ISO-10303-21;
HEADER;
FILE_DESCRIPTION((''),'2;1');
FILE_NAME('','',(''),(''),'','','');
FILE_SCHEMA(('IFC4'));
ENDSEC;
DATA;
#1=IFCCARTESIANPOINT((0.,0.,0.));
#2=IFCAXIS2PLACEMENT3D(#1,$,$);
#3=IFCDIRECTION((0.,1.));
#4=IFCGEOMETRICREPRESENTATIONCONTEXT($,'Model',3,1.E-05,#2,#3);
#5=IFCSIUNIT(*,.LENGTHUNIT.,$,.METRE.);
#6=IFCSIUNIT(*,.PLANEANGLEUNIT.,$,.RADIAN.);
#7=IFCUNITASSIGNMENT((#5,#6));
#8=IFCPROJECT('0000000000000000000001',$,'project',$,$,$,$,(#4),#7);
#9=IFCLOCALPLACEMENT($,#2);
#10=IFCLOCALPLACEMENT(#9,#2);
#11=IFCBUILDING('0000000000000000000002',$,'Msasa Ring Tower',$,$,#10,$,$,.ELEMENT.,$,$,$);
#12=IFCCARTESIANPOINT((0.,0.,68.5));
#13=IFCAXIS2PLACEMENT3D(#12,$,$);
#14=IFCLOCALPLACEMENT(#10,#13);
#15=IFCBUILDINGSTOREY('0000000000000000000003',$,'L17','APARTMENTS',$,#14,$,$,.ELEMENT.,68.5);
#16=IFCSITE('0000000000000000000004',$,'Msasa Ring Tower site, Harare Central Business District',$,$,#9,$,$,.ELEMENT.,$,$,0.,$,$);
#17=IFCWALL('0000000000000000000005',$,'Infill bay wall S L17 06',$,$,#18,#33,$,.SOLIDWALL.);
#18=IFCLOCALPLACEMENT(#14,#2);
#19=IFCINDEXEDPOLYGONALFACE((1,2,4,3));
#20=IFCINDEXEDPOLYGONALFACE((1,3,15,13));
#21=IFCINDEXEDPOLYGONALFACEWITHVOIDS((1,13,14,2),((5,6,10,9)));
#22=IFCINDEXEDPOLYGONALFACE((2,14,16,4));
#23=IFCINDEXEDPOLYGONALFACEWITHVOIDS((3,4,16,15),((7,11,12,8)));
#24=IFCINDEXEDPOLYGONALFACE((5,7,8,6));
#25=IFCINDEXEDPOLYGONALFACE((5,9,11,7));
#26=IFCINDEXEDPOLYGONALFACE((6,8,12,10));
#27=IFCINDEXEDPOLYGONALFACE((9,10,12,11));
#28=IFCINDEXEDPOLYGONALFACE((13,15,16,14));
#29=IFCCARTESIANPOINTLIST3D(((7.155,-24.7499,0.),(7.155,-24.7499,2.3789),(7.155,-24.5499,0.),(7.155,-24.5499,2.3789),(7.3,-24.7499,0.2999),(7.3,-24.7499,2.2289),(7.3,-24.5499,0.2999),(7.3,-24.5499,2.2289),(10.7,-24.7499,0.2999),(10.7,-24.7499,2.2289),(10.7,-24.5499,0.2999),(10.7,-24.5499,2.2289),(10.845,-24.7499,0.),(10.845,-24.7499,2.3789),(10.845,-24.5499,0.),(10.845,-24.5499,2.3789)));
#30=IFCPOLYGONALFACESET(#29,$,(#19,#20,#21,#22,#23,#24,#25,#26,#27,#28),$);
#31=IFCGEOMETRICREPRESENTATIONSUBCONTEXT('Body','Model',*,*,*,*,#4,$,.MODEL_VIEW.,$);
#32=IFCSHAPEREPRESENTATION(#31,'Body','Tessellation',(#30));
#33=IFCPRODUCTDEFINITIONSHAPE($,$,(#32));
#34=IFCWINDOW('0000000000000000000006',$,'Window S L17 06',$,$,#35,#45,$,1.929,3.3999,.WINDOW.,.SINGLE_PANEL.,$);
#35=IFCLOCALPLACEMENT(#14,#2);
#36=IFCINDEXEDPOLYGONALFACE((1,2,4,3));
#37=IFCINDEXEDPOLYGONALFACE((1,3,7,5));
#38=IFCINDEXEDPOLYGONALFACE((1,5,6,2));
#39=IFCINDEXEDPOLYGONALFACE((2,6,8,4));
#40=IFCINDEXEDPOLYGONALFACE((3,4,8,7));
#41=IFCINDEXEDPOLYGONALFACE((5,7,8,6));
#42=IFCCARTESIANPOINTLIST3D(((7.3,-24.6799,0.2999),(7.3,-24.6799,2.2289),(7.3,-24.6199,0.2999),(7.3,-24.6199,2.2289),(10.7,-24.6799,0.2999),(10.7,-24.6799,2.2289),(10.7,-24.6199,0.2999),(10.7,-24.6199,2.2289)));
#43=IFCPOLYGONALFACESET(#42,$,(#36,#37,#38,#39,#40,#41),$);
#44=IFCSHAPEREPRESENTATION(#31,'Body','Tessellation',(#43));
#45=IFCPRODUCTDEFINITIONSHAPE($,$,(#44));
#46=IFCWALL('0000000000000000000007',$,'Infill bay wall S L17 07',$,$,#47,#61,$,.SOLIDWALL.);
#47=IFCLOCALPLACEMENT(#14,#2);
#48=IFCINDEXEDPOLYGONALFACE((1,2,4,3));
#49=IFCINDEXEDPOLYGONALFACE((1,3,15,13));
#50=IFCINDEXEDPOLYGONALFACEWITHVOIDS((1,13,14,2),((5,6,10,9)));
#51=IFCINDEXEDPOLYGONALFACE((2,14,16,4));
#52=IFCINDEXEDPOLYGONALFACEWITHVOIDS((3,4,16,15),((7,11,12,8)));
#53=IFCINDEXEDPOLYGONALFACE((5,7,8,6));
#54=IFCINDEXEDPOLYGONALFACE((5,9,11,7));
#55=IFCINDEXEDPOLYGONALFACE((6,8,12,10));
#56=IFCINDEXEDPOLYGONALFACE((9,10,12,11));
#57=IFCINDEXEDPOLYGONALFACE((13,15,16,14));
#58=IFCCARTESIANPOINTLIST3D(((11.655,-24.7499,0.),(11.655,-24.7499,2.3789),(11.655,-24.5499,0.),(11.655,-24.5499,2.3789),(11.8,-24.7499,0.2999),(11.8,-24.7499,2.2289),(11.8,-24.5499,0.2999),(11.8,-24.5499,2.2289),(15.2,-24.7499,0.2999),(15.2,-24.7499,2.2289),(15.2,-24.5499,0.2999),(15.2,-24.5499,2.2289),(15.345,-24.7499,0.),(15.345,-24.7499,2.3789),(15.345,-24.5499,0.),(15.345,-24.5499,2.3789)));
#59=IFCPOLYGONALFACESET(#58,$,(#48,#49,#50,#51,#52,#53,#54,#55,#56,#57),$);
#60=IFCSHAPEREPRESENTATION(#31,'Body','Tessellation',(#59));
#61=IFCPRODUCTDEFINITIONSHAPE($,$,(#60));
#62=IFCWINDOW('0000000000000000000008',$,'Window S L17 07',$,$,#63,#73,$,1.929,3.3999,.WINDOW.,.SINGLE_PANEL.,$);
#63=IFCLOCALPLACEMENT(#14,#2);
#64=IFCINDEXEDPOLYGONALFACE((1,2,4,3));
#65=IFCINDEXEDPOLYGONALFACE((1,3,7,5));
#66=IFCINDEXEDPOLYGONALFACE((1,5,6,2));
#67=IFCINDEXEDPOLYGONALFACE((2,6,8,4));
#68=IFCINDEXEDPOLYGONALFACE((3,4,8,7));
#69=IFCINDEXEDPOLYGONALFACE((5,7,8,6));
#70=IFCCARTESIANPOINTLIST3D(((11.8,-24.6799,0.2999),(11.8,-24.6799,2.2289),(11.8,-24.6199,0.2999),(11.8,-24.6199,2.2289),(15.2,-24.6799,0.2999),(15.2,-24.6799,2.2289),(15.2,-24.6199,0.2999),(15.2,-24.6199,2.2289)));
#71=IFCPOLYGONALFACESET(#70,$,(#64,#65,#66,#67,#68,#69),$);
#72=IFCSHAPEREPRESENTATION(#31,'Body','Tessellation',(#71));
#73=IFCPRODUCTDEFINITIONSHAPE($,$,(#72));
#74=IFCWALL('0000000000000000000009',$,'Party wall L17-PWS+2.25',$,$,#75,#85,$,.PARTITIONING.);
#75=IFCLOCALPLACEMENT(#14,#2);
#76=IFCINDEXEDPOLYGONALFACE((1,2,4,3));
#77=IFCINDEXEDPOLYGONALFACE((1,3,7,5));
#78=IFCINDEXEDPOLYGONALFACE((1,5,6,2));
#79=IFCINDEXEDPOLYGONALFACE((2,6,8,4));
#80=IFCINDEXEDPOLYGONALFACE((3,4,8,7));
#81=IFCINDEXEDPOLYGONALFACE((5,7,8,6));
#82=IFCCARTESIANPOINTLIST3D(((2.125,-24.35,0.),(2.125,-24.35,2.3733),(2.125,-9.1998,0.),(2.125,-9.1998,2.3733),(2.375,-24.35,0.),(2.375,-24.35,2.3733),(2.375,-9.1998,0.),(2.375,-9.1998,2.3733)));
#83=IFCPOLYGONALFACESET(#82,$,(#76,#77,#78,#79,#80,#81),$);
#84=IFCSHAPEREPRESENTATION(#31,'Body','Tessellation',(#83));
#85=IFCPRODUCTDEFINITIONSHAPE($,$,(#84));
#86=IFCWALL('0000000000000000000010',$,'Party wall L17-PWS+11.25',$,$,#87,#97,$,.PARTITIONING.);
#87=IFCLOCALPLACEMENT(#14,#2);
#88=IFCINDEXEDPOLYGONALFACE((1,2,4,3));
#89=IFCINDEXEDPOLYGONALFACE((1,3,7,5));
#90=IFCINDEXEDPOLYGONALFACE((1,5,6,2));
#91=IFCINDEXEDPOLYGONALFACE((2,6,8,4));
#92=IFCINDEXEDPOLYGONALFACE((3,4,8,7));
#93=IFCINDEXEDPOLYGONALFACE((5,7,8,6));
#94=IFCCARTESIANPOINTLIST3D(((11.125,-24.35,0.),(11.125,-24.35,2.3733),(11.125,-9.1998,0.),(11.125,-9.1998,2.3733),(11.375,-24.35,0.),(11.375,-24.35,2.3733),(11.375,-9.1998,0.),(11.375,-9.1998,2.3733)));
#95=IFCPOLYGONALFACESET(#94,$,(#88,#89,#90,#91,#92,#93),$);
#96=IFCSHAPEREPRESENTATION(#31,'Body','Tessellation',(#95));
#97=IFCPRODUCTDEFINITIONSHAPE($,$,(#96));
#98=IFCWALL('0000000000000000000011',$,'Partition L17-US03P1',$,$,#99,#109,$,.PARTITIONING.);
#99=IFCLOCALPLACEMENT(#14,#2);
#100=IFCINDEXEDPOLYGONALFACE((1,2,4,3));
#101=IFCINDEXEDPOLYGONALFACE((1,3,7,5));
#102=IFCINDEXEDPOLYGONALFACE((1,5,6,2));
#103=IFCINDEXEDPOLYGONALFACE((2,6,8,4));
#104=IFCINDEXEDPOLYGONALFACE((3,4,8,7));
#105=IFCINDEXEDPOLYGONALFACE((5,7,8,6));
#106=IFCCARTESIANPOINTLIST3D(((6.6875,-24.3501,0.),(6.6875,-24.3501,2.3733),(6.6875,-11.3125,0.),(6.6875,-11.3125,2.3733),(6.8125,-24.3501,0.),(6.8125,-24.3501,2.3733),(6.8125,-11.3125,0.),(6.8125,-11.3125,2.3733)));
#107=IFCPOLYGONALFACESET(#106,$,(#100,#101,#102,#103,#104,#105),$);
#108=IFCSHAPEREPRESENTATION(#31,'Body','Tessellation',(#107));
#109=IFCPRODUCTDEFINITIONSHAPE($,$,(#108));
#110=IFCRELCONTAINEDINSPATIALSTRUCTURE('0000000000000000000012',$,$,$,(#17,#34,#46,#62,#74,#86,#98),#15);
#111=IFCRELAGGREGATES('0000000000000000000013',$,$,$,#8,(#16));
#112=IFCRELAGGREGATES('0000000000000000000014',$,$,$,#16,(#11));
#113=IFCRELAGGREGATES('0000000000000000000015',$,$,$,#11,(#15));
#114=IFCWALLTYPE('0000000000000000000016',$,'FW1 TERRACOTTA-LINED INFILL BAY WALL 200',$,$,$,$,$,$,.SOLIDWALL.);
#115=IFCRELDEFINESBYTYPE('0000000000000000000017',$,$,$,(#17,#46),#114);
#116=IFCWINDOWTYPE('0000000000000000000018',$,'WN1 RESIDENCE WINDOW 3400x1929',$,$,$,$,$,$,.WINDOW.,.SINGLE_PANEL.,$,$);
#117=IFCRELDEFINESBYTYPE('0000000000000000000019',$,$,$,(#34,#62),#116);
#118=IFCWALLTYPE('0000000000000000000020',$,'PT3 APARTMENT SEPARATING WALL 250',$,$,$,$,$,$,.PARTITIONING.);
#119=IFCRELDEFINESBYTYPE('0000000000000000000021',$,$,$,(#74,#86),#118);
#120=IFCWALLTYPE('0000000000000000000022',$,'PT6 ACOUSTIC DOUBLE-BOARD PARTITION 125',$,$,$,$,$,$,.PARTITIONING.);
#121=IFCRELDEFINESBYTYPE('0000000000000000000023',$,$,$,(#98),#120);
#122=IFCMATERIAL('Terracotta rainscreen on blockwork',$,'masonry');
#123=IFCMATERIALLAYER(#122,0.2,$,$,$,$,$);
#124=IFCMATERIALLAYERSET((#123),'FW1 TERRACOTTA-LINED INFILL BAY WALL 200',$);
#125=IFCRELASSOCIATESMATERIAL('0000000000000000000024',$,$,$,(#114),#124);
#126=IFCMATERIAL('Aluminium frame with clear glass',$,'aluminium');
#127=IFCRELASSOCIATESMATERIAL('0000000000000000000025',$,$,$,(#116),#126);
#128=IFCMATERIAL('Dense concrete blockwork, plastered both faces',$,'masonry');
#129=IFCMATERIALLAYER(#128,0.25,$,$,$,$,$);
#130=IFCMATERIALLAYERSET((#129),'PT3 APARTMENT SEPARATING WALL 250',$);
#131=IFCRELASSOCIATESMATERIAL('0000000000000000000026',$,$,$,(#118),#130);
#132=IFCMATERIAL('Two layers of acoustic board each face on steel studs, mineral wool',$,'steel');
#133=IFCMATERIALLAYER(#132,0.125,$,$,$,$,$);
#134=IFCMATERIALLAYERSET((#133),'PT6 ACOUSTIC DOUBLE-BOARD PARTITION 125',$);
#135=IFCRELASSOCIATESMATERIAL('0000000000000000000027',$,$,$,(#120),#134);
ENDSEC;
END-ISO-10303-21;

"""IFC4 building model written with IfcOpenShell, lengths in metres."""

from ifc_helpers import new_model, si_unit, direction, frame, frame_2d, origin, place, context, subcontext, project, spatial, rectangle, extrude, material, layer, layer_set, type_object, element, fill, save


model = new_model("IFC4")

# Units and contexts
model_context = context("Model", 3, precision=1e-05, world=origin(), true_north=direction((0.0, 1.0)))
body_context = subcontext(model_context, "Body", "Model", "MODEL_VIEW")
ifc_project = project(units=[si_unit("LENGTHUNIT", "METRE"), si_unit("PLANEANGLEUNIT", "RADIAN")], contexts=[model_context])

# Site, building, storey
site_placement = place(None, origin())
site = spatial("IfcSite", under=ifc_project, at=site_placement, Name="Msasa Ring Tower site, Harare Central Business District", CompositionType="ELEMENT", RefElevation=0.0)
building_placement = place(site_placement, origin())
building = spatial("IfcBuilding", under=site, at=building_placement, Name="Msasa Ring Tower", CompositionType="ELEMENT")
storey_placement = place(building_placement, frame((0.0, 0.0, 68.5)))
storey = spatial("IfcBuildingStorey", under=building, at=storey_placement, Name="L17", Description="APARTMENTS", CompositionType="ELEMENT", Elevation=68.5)

# Walls, openings, windows
ifc_material_1 = material(Name="Terracotta rainscreen on blockwork", Category="masonry")
ifc_layer_1 = layer(ifc_material_1, 0.2)
ifc_layer_set_1 = layer_set([ifc_layer_1], Name="FW1 TERRACOTTA-LINED INFILL BAY WALL 200")
wall_type_1 = type_object("IfcWallType", Name="FW1 TERRACOTTA-LINED INFILL BAY WALL 200", PredefinedType="SOLIDWALL", material=ifc_layer_set_1)
ifc_material_2 = material(Name="Aluminium frame with clear glass", Category="aluminium")
window_type = type_object("IfcWindowType", Name="WN1 RESIDENCE WINDOW 3400x1929", PartitioningType="SINGLE_PANEL", PredefinedType="WINDOW", material=ifc_material_2)
wall_1_placement = place(storey_placement, frame((7.155, -24.6499, 0.0), z_axis=(0.0, 0.0, 1.0), x_axis=(1.0, 0.0, 0.0)))
wall_1 = element("IfcWall", 1, at=wall_1_placement, inside=storey, type_object=wall_type_1, Name="Infill bay wall S L17 06", PredefinedType="SOLIDWALL", context=body_context, shape_type="SweptSolid", body=[
    extrude(rectangle(XDim=3.6899, YDim=0.2, at=frame_2d((1.845, 0.0))), origin(), (0.0, 0.0, 1.0), 2.3789),
])
opening_1_placement = place(wall_1_placement, frame((0.145, 0.0, 0.3)))
opening_1 = element("IfcOpeningElement", 2, at=opening_1_placement, cuts=wall_1, PredefinedType="OPENING", context=body_context, shape_type="SweptSolid", body=[
    extrude(rectangle(XDim=3.3999, YDim=1.929, at=frame_2d((1.7, 0.9644))), frame((0.0, 0.1099, 0.0), z_axis=(0.0, -1.0, 0.0), x_axis=(1.0, 0.0, 0.0)), (0.0, 0.0, 1.0), 0.22),
])
window_1_placement = place(opening_1_placement, origin())
window_1 = element("IfcWindow", 3, at=window_1_placement, inside=storey, type_object=window_type, Name="Window S L17 06", OverallHeight=1.929, OverallWidth=3.3999, PartitioningType="SINGLE_PANEL", PredefinedType="WINDOW", context=body_context, shape_type="SweptSolid", body=[
    extrude(rectangle(XDim=3.3999, YDim=1.929, at=frame_2d((1.7, 0.9644))), frame((0.0, 0.03, 0.0), z_axis=(0.0, -1.0, 0.0), x_axis=(1.0, 0.0, 0.0)), (0.0, 0.0, 1.0), 0.0601),
])
fill(opening_1, window_1)
wall_2_placement = place(storey_placement, frame((11.655, -24.6499, 0.0), z_axis=(0.0, 0.0, 1.0), x_axis=(1.0, 0.0, 0.0)))
wall_2 = element("IfcWall", 4, at=wall_2_placement, inside=storey, type_object=wall_type_1, Name="Infill bay wall S L17 07", PredefinedType="SOLIDWALL", context=body_context, shape_type="SweptSolid", body=[
    extrude(rectangle(XDim=3.6899, YDim=0.2, at=frame_2d((1.845, 0.0))), origin(), (0.0, 0.0, 1.0), 2.3789),
])
opening_2_placement = place(wall_2_placement, frame((0.145, 0.0, 0.3)))
opening_2 = element("IfcOpeningElement", 5, at=opening_2_placement, cuts=wall_2, PredefinedType="OPENING", context=body_context, shape_type="SweptSolid", body=[
    extrude(rectangle(XDim=3.3999, YDim=1.929, at=frame_2d((1.7, 0.9644))), frame((0.0, 0.1099, 0.0), z_axis=(0.0, -1.0, 0.0), x_axis=(1.0, 0.0, 0.0)), (0.0, 0.0, 1.0), 0.22),
])
window_2_placement = place(opening_2_placement, origin())
window_2 = element("IfcWindow", 6, at=window_2_placement, inside=storey, type_object=window_type, Name="Window S L17 07", OverallHeight=1.929, OverallWidth=3.3999, PartitioningType="SINGLE_PANEL", PredefinedType="WINDOW", context=body_context, shape_type="SweptSolid", body=[
    extrude(rectangle(XDim=3.3999, YDim=1.929, at=frame_2d((1.7, 0.9644))), frame((0.0, 0.03, 0.0), z_axis=(0.0, -1.0, 0.0), x_axis=(1.0, 0.0, 0.0)), (0.0, 0.0, 1.0), 0.0601),
])
fill(opening_2, window_2)

# Walls
ifc_material_3 = material(Name="Dense concrete blockwork, plastered both faces", Category="masonry")
ifc_layer_2 = layer(ifc_material_3, 0.25)
ifc_layer_set_2 = layer_set([ifc_layer_2], Name="PT3 APARTMENT SEPARATING WALL 250")
wall_type_2 = type_object("IfcWallType", Name="PT3 APARTMENT SEPARATING WALL 250", PredefinedType="PARTITIONING", material=ifc_layer_set_2)
for number, where, z_axis, x_axis, name in (
    (7, (2.25, -24.3501, 0.0), (0.0, 0.0, 1.0), (0.0, 1.0, 0.0), "Party wall L17-PWS+2.25"),
    (8, (11.25, -24.3501, 0.0), (0.0, 0.0, 1.0), (0.0, 1.0, 0.0), "Party wall L17-PWS+11.25"),
):
    element("IfcWall", number, at=place(storey_placement, frame(where, z_axis=z_axis, x_axis=x_axis)), inside=storey, type_object=wall_type_2, Name=name, PredefinedType="PARTITIONING", context=body_context, shape_type="SweptSolid", body=[
        extrude(rectangle(XDim=15.1501, YDim=0.25, at=frame_2d((7.5752, 0.0))), origin(), (0.0, 0.0, 1.0), 2.3733),
    ])
ifc_material_4 = material(Name="Two layers of acoustic board each face on steel studs, mineral wool", Category="steel")
ifc_layer_3 = layer(ifc_material_4, 0.125)
ifc_layer_set_3 = layer_set([ifc_layer_3], Name="PT6 ACOUSTIC DOUBLE-BOARD PARTITION 125")
wall_type_3 = type_object("IfcWallType", Name="PT6 ACOUSTIC DOUBLE-BOARD PARTITION 125", PredefinedType="PARTITIONING", material=ifc_layer_set_3)
wall_3_placement = place(storey_placement, frame((6.75, -24.3501, 0.0), z_axis=(0.0, 0.0, 1.0), x_axis=(0.0, 1.0, 0.0)))
element("IfcWall", 9, at=wall_3_placement, inside=storey, type_object=wall_type_3, Name="Partition L17-US03P1", PredefinedType="PARTITIONING", context=body_context, shape_type="SweptSolid", body=[
    extrude(rectangle(XDim=13.0376, YDim=0.125, at=frame_2d((6.5188, 0.0))), origin(), (0.0, 0.0, 1.0), 2.3733),
])

save(model, "model.ifc")
